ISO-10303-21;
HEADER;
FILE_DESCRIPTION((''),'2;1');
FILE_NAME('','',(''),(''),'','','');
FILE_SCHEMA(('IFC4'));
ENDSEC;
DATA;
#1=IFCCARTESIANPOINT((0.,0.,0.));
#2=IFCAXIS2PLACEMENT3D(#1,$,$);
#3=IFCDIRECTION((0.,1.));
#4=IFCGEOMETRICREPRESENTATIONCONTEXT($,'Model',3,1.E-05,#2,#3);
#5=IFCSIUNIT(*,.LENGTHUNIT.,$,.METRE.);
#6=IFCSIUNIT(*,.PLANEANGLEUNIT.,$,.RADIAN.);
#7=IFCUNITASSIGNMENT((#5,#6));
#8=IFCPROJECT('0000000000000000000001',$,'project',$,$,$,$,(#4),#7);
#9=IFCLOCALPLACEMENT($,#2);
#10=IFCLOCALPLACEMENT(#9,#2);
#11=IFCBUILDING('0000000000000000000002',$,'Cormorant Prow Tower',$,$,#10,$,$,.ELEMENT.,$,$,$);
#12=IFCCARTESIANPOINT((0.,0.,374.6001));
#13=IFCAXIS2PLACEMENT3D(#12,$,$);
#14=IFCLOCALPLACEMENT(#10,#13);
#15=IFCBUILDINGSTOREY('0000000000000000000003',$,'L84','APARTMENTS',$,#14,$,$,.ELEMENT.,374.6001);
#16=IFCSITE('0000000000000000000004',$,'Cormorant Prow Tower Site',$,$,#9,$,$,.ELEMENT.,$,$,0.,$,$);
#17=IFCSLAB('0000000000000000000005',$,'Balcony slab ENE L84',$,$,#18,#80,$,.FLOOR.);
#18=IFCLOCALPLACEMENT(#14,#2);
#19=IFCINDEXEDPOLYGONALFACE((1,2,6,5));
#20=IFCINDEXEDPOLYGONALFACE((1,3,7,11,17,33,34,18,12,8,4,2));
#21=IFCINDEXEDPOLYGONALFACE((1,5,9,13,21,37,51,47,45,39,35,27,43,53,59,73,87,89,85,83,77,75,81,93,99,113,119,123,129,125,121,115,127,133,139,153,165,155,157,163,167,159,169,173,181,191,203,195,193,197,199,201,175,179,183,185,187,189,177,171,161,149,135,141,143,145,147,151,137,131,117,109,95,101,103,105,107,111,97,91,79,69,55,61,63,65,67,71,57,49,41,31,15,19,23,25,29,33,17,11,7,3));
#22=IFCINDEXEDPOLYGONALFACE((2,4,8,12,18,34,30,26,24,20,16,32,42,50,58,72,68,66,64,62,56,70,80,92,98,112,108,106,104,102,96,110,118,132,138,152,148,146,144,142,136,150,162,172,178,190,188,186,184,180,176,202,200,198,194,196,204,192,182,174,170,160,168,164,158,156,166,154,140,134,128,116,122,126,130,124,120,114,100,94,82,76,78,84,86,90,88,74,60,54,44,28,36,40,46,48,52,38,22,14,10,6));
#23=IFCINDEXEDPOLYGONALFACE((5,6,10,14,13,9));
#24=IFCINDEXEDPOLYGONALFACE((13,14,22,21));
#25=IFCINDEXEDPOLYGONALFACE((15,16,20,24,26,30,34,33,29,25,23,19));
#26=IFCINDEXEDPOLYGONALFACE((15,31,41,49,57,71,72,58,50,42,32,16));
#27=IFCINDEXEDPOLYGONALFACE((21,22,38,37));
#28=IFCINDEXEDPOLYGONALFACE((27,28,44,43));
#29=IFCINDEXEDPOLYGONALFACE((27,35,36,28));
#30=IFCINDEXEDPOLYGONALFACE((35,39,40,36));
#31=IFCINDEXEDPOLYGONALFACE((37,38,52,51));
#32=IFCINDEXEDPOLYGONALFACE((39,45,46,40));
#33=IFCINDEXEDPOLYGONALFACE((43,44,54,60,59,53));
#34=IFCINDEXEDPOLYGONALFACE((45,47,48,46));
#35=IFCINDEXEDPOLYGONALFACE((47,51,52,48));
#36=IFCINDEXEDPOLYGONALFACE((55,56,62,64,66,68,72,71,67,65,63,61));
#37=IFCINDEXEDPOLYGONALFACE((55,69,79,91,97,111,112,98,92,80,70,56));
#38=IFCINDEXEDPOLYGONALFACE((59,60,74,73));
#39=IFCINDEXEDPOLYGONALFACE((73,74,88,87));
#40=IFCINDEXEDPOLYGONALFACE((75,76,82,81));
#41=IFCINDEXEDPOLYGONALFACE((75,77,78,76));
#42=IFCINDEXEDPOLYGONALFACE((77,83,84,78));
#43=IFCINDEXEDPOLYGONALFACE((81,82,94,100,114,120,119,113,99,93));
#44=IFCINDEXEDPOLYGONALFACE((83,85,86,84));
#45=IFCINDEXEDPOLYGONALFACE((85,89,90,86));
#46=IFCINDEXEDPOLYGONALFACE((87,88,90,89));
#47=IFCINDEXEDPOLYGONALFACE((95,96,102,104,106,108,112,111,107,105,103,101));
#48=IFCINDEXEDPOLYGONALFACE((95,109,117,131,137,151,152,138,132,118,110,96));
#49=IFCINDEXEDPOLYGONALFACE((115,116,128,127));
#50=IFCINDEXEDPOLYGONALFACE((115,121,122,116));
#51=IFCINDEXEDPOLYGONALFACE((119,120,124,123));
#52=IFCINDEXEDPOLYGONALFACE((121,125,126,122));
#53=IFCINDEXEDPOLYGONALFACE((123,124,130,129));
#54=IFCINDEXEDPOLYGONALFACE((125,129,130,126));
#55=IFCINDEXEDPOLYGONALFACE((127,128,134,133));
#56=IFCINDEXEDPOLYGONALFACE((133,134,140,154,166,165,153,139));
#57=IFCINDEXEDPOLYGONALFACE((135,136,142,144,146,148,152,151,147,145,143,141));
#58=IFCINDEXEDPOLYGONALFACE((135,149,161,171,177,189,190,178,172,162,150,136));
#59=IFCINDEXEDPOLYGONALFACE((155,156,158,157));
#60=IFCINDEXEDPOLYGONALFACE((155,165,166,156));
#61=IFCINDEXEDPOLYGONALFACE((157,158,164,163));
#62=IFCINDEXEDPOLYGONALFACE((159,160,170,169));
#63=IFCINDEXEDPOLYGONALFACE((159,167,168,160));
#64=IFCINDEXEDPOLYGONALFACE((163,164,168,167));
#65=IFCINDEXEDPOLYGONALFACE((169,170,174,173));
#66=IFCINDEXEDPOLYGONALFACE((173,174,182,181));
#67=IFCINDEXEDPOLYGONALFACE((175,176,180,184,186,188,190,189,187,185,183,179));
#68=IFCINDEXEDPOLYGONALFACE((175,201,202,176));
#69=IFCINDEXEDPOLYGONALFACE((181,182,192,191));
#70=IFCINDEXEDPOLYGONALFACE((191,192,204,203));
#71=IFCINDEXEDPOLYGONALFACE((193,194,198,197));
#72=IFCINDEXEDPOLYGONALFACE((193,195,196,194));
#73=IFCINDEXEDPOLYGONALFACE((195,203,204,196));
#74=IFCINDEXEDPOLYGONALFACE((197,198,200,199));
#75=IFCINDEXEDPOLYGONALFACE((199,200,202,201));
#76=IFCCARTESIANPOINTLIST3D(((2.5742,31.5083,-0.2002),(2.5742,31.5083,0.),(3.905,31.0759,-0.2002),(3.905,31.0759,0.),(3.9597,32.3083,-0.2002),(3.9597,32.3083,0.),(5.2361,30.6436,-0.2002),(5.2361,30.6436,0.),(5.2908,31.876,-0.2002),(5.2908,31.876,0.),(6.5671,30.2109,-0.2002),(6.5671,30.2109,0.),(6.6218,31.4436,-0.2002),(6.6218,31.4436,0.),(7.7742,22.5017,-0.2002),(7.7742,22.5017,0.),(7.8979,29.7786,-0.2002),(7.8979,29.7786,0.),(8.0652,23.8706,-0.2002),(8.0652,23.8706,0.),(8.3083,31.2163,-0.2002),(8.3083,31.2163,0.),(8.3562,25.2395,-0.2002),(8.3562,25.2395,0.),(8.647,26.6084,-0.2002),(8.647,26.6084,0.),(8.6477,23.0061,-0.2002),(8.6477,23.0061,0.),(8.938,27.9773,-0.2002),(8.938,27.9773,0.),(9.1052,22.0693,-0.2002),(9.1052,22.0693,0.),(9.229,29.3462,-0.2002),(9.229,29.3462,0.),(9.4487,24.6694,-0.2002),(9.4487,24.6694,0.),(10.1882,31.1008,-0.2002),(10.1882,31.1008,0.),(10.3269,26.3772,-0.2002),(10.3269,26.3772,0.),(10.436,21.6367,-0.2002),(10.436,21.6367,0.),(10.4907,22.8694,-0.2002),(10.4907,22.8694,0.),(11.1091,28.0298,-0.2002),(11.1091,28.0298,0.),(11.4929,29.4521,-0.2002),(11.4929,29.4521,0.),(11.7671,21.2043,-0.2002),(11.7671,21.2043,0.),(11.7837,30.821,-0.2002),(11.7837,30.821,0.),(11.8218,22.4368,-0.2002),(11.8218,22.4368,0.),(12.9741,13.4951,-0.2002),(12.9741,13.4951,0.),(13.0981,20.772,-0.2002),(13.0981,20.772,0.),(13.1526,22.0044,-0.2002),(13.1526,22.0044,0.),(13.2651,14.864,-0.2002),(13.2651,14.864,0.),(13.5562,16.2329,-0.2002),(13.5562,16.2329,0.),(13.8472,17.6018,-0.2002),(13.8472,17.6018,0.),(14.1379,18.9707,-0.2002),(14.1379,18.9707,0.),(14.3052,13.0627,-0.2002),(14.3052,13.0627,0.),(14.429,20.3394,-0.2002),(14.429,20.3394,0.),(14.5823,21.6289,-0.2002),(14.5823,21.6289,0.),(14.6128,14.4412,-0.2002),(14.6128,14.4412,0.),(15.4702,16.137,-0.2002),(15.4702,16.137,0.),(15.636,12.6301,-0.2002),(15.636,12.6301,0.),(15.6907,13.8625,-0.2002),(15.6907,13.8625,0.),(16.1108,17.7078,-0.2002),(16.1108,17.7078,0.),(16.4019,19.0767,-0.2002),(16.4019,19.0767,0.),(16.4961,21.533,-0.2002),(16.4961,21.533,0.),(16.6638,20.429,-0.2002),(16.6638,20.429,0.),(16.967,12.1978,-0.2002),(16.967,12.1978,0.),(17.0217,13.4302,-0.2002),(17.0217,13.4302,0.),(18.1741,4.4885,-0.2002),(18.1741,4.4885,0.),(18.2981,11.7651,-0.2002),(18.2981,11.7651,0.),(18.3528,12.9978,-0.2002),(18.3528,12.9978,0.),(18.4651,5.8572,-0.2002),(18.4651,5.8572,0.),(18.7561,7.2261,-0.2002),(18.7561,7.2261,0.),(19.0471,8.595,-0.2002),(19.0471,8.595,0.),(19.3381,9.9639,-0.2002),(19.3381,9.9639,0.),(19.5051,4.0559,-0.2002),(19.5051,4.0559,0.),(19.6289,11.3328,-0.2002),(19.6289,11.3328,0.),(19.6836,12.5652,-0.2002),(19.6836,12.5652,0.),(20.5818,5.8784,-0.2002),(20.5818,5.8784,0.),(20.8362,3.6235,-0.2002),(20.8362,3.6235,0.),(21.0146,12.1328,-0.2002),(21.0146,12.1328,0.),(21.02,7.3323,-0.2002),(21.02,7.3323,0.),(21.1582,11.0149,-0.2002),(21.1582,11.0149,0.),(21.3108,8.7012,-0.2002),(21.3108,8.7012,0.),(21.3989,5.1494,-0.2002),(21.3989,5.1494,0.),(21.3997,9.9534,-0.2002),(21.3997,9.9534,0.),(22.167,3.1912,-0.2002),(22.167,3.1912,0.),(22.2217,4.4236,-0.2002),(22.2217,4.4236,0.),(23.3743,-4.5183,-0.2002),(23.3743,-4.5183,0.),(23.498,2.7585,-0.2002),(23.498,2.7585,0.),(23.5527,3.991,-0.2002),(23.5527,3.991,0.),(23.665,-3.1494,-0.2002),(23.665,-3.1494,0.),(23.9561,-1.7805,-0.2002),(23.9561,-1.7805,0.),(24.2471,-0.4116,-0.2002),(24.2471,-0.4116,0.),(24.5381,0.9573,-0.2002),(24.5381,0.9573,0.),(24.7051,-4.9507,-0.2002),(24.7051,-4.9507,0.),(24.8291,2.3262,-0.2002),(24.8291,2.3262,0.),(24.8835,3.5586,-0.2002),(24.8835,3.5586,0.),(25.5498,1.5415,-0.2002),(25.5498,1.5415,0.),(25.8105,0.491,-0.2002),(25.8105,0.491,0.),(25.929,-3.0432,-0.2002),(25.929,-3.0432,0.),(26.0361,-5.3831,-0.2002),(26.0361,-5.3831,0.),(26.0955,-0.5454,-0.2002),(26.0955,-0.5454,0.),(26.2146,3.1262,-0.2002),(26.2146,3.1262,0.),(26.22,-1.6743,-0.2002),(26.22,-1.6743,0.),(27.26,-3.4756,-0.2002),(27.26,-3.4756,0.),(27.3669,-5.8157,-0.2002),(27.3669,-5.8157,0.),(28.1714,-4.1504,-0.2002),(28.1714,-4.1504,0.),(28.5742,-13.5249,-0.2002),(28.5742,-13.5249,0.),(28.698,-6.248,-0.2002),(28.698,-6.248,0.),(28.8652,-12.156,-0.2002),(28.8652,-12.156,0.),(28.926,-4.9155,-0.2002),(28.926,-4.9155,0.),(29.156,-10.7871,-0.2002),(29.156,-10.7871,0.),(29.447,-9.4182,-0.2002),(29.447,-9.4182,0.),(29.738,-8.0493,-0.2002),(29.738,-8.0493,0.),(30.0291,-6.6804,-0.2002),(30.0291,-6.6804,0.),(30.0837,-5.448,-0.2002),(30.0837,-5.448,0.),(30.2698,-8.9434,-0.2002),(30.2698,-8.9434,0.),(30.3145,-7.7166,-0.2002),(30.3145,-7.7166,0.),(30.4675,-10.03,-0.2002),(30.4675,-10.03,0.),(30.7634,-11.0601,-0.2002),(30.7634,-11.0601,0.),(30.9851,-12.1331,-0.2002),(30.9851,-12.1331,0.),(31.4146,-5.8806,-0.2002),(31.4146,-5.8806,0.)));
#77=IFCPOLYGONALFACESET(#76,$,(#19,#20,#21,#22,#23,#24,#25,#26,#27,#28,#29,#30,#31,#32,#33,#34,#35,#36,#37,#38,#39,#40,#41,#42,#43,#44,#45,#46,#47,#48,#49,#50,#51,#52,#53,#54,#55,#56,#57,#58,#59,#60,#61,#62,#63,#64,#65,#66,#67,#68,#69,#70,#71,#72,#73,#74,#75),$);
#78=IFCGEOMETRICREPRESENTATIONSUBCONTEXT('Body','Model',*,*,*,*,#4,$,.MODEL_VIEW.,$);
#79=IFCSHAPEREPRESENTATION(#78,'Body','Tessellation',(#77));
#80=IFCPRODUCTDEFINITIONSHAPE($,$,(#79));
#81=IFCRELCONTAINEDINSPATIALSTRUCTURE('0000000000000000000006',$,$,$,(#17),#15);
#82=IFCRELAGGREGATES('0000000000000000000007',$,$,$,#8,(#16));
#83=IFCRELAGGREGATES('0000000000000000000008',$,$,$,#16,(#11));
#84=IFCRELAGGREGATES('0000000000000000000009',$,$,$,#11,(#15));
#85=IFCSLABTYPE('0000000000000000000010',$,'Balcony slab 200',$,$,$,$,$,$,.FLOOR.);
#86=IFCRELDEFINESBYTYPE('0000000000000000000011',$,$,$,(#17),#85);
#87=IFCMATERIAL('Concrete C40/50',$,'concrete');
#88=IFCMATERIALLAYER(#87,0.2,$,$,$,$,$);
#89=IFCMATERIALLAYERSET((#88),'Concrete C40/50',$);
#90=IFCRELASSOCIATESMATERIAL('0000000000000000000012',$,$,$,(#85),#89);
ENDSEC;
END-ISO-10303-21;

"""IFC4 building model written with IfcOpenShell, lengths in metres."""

from ifc_helpers import new_model, si_unit, direction, frame, origin, place, context, subcontext, project, spatial, polyline, outline, extrude, material, layer, layer_set, type_object, element, save


model = new_model("IFC4")

# Units and contexts
model_context = context("Model", 3, precision=1e-05, world=origin(), true_north=direction((0.0, 1.0)))
body_context = subcontext(model_context, "Body", "Model", "MODEL_VIEW")
ifc_project = project(units=[si_unit("LENGTHUNIT", "METRE"), si_unit("PLANEANGLEUNIT", "RADIAN")], contexts=[model_context])

# Site, building, storey
site_placement = place(None, origin())
site = spatial("IfcSite", under=ifc_project, at=site_placement, Name="Cormorant Prow Tower Site", CompositionType="ELEMENT", RefElevation=0.0)
building_placement = place(site_placement, origin())
building = spatial("IfcBuilding", under=site, at=building_placement, Name="Cormorant Prow Tower", CompositionType="ELEMENT")
storey_placement = place(building_placement, frame((0.0, 0.0, 374.6001)))
storey = spatial("IfcBuildingStorey", under=building, at=storey_placement, Name="L84", Description="APARTMENTS", CompositionType="ELEMENT", Elevation=374.6001)

# Slab
ifc_material_1 = material(Name="Concrete C40/50", Category="concrete")
ifc_layer_1 = layer(ifc_material_1, 0.2)
ifc_layer_set_1 = layer_set([ifc_layer_1], Name="Concrete C40/50")
slab_type_1 = type_object("IfcSlabType", Name="Balcony slab 200", PredefinedType="FLOOR", material=ifc_layer_set_1)
slab_1_placement = place(storey_placement, frame((0.0, 0.0, -0.2002)))
element("IfcSlab", 1, at=slab_1_placement, inside=storey, type_object=slab_type_1, Name="Balcony slab ENE L84", PredefinedType="FLOOR", context=body_context, shape_type="SweptSolid", body=[
    extrude(outline(polyline([(28.5742, -13.5249), (30.9851, -12.1331), (30.7634, -11.0601), (30.4675, -10.03), (30.2698, -8.9434), (30.3145, -7.7166), (31.4146, -5.8806), (30.0837, -5.448), (28.926, -4.9155), (28.1714, -4.1504), (27.26, -3.4756), (25.929, -3.0432), (26.22, -1.6743), (26.0955, -0.5454), (25.8105, 0.491), (25.5498, 1.5415), (26.2146, 3.1262), (24.8835, 3.5586), (23.5527, 3.991), (22.2217, 4.4236), (21.3989, 5.1494), (20.5818, 5.8784), (21.02, 7.3323), (21.3108, 8.7012), (21.3997, 9.9534), (21.1582, 11.0149), (21.0146, 12.1328), (19.6836, 12.5652), (18.3528, 12.9978), (17.0217, 13.4302), (15.6907, 13.8625), (14.6128, 14.4412), (15.4702, 16.137), (16.1108, 17.7078), (16.4019, 19.0767), (16.6638, 20.429), (16.4961, 21.533), (14.5823, 21.6289), (13.1526, 22.0044), (11.8218, 22.4368), (10.4907, 22.8694), (8.6477, 23.0061), (9.4487, 24.6694), (10.3269, 26.3772), (11.1091, 28.0298), (11.4929, 29.4521), (11.7837, 30.821), (10.1882, 31.1008), (8.3083, 31.2163), (6.6218, 31.4436), (5.2908, 31.876), (3.9597, 32.3083), (2.5742, 31.5083), (3.905, 31.0759), (5.2361, 30.6436), (6.5671, 30.2109), (7.8979, 29.7786), (9.229, 29.3462), (8.938, 27.9773), (8.647, 26.6084), (8.3562, 25.2395), (8.0652, 23.8706), (7.7742, 22.5017), (9.1052, 22.0693), (10.436, 21.6367), (11.7671, 21.2043), (13.0981, 20.772), (14.429, 20.3394), (14.1379, 18.9707), (13.8472, 17.6018), (13.5562, 16.2329), (13.2651, 14.864), (12.9741, 13.4951), (14.3052, 13.0627), (15.636, 12.6301), (16.967, 12.1978), (18.2981, 11.7651), (19.6289, 11.3328), (19.3381, 9.9639), (19.0471, 8.595), (18.7561, 7.2261), (18.4651, 5.8572), (18.1741, 4.4885), (19.5051, 4.0559), (20.8362, 3.6235), (22.167, 3.1912), (23.498, 2.7585), (24.8291, 2.3262), (24.5381, 0.9573), (24.2471, -0.4116), (23.9561, -1.7805), (23.665, -3.1494), (23.3743, -4.5183), (24.7051, -4.9507), (26.0361, -5.3831), (27.3669, -5.8157), (28.698, -6.248), (30.0291, -6.6804), (29.738, -8.0493), (29.447, -9.4182), (29.156, -10.7871), (28.8652, -12.156), (28.5742, -13.5249)])), origin(), (0.0, 0.0, 1.0), 0.2002),
])

save(model, "model.ifc")
